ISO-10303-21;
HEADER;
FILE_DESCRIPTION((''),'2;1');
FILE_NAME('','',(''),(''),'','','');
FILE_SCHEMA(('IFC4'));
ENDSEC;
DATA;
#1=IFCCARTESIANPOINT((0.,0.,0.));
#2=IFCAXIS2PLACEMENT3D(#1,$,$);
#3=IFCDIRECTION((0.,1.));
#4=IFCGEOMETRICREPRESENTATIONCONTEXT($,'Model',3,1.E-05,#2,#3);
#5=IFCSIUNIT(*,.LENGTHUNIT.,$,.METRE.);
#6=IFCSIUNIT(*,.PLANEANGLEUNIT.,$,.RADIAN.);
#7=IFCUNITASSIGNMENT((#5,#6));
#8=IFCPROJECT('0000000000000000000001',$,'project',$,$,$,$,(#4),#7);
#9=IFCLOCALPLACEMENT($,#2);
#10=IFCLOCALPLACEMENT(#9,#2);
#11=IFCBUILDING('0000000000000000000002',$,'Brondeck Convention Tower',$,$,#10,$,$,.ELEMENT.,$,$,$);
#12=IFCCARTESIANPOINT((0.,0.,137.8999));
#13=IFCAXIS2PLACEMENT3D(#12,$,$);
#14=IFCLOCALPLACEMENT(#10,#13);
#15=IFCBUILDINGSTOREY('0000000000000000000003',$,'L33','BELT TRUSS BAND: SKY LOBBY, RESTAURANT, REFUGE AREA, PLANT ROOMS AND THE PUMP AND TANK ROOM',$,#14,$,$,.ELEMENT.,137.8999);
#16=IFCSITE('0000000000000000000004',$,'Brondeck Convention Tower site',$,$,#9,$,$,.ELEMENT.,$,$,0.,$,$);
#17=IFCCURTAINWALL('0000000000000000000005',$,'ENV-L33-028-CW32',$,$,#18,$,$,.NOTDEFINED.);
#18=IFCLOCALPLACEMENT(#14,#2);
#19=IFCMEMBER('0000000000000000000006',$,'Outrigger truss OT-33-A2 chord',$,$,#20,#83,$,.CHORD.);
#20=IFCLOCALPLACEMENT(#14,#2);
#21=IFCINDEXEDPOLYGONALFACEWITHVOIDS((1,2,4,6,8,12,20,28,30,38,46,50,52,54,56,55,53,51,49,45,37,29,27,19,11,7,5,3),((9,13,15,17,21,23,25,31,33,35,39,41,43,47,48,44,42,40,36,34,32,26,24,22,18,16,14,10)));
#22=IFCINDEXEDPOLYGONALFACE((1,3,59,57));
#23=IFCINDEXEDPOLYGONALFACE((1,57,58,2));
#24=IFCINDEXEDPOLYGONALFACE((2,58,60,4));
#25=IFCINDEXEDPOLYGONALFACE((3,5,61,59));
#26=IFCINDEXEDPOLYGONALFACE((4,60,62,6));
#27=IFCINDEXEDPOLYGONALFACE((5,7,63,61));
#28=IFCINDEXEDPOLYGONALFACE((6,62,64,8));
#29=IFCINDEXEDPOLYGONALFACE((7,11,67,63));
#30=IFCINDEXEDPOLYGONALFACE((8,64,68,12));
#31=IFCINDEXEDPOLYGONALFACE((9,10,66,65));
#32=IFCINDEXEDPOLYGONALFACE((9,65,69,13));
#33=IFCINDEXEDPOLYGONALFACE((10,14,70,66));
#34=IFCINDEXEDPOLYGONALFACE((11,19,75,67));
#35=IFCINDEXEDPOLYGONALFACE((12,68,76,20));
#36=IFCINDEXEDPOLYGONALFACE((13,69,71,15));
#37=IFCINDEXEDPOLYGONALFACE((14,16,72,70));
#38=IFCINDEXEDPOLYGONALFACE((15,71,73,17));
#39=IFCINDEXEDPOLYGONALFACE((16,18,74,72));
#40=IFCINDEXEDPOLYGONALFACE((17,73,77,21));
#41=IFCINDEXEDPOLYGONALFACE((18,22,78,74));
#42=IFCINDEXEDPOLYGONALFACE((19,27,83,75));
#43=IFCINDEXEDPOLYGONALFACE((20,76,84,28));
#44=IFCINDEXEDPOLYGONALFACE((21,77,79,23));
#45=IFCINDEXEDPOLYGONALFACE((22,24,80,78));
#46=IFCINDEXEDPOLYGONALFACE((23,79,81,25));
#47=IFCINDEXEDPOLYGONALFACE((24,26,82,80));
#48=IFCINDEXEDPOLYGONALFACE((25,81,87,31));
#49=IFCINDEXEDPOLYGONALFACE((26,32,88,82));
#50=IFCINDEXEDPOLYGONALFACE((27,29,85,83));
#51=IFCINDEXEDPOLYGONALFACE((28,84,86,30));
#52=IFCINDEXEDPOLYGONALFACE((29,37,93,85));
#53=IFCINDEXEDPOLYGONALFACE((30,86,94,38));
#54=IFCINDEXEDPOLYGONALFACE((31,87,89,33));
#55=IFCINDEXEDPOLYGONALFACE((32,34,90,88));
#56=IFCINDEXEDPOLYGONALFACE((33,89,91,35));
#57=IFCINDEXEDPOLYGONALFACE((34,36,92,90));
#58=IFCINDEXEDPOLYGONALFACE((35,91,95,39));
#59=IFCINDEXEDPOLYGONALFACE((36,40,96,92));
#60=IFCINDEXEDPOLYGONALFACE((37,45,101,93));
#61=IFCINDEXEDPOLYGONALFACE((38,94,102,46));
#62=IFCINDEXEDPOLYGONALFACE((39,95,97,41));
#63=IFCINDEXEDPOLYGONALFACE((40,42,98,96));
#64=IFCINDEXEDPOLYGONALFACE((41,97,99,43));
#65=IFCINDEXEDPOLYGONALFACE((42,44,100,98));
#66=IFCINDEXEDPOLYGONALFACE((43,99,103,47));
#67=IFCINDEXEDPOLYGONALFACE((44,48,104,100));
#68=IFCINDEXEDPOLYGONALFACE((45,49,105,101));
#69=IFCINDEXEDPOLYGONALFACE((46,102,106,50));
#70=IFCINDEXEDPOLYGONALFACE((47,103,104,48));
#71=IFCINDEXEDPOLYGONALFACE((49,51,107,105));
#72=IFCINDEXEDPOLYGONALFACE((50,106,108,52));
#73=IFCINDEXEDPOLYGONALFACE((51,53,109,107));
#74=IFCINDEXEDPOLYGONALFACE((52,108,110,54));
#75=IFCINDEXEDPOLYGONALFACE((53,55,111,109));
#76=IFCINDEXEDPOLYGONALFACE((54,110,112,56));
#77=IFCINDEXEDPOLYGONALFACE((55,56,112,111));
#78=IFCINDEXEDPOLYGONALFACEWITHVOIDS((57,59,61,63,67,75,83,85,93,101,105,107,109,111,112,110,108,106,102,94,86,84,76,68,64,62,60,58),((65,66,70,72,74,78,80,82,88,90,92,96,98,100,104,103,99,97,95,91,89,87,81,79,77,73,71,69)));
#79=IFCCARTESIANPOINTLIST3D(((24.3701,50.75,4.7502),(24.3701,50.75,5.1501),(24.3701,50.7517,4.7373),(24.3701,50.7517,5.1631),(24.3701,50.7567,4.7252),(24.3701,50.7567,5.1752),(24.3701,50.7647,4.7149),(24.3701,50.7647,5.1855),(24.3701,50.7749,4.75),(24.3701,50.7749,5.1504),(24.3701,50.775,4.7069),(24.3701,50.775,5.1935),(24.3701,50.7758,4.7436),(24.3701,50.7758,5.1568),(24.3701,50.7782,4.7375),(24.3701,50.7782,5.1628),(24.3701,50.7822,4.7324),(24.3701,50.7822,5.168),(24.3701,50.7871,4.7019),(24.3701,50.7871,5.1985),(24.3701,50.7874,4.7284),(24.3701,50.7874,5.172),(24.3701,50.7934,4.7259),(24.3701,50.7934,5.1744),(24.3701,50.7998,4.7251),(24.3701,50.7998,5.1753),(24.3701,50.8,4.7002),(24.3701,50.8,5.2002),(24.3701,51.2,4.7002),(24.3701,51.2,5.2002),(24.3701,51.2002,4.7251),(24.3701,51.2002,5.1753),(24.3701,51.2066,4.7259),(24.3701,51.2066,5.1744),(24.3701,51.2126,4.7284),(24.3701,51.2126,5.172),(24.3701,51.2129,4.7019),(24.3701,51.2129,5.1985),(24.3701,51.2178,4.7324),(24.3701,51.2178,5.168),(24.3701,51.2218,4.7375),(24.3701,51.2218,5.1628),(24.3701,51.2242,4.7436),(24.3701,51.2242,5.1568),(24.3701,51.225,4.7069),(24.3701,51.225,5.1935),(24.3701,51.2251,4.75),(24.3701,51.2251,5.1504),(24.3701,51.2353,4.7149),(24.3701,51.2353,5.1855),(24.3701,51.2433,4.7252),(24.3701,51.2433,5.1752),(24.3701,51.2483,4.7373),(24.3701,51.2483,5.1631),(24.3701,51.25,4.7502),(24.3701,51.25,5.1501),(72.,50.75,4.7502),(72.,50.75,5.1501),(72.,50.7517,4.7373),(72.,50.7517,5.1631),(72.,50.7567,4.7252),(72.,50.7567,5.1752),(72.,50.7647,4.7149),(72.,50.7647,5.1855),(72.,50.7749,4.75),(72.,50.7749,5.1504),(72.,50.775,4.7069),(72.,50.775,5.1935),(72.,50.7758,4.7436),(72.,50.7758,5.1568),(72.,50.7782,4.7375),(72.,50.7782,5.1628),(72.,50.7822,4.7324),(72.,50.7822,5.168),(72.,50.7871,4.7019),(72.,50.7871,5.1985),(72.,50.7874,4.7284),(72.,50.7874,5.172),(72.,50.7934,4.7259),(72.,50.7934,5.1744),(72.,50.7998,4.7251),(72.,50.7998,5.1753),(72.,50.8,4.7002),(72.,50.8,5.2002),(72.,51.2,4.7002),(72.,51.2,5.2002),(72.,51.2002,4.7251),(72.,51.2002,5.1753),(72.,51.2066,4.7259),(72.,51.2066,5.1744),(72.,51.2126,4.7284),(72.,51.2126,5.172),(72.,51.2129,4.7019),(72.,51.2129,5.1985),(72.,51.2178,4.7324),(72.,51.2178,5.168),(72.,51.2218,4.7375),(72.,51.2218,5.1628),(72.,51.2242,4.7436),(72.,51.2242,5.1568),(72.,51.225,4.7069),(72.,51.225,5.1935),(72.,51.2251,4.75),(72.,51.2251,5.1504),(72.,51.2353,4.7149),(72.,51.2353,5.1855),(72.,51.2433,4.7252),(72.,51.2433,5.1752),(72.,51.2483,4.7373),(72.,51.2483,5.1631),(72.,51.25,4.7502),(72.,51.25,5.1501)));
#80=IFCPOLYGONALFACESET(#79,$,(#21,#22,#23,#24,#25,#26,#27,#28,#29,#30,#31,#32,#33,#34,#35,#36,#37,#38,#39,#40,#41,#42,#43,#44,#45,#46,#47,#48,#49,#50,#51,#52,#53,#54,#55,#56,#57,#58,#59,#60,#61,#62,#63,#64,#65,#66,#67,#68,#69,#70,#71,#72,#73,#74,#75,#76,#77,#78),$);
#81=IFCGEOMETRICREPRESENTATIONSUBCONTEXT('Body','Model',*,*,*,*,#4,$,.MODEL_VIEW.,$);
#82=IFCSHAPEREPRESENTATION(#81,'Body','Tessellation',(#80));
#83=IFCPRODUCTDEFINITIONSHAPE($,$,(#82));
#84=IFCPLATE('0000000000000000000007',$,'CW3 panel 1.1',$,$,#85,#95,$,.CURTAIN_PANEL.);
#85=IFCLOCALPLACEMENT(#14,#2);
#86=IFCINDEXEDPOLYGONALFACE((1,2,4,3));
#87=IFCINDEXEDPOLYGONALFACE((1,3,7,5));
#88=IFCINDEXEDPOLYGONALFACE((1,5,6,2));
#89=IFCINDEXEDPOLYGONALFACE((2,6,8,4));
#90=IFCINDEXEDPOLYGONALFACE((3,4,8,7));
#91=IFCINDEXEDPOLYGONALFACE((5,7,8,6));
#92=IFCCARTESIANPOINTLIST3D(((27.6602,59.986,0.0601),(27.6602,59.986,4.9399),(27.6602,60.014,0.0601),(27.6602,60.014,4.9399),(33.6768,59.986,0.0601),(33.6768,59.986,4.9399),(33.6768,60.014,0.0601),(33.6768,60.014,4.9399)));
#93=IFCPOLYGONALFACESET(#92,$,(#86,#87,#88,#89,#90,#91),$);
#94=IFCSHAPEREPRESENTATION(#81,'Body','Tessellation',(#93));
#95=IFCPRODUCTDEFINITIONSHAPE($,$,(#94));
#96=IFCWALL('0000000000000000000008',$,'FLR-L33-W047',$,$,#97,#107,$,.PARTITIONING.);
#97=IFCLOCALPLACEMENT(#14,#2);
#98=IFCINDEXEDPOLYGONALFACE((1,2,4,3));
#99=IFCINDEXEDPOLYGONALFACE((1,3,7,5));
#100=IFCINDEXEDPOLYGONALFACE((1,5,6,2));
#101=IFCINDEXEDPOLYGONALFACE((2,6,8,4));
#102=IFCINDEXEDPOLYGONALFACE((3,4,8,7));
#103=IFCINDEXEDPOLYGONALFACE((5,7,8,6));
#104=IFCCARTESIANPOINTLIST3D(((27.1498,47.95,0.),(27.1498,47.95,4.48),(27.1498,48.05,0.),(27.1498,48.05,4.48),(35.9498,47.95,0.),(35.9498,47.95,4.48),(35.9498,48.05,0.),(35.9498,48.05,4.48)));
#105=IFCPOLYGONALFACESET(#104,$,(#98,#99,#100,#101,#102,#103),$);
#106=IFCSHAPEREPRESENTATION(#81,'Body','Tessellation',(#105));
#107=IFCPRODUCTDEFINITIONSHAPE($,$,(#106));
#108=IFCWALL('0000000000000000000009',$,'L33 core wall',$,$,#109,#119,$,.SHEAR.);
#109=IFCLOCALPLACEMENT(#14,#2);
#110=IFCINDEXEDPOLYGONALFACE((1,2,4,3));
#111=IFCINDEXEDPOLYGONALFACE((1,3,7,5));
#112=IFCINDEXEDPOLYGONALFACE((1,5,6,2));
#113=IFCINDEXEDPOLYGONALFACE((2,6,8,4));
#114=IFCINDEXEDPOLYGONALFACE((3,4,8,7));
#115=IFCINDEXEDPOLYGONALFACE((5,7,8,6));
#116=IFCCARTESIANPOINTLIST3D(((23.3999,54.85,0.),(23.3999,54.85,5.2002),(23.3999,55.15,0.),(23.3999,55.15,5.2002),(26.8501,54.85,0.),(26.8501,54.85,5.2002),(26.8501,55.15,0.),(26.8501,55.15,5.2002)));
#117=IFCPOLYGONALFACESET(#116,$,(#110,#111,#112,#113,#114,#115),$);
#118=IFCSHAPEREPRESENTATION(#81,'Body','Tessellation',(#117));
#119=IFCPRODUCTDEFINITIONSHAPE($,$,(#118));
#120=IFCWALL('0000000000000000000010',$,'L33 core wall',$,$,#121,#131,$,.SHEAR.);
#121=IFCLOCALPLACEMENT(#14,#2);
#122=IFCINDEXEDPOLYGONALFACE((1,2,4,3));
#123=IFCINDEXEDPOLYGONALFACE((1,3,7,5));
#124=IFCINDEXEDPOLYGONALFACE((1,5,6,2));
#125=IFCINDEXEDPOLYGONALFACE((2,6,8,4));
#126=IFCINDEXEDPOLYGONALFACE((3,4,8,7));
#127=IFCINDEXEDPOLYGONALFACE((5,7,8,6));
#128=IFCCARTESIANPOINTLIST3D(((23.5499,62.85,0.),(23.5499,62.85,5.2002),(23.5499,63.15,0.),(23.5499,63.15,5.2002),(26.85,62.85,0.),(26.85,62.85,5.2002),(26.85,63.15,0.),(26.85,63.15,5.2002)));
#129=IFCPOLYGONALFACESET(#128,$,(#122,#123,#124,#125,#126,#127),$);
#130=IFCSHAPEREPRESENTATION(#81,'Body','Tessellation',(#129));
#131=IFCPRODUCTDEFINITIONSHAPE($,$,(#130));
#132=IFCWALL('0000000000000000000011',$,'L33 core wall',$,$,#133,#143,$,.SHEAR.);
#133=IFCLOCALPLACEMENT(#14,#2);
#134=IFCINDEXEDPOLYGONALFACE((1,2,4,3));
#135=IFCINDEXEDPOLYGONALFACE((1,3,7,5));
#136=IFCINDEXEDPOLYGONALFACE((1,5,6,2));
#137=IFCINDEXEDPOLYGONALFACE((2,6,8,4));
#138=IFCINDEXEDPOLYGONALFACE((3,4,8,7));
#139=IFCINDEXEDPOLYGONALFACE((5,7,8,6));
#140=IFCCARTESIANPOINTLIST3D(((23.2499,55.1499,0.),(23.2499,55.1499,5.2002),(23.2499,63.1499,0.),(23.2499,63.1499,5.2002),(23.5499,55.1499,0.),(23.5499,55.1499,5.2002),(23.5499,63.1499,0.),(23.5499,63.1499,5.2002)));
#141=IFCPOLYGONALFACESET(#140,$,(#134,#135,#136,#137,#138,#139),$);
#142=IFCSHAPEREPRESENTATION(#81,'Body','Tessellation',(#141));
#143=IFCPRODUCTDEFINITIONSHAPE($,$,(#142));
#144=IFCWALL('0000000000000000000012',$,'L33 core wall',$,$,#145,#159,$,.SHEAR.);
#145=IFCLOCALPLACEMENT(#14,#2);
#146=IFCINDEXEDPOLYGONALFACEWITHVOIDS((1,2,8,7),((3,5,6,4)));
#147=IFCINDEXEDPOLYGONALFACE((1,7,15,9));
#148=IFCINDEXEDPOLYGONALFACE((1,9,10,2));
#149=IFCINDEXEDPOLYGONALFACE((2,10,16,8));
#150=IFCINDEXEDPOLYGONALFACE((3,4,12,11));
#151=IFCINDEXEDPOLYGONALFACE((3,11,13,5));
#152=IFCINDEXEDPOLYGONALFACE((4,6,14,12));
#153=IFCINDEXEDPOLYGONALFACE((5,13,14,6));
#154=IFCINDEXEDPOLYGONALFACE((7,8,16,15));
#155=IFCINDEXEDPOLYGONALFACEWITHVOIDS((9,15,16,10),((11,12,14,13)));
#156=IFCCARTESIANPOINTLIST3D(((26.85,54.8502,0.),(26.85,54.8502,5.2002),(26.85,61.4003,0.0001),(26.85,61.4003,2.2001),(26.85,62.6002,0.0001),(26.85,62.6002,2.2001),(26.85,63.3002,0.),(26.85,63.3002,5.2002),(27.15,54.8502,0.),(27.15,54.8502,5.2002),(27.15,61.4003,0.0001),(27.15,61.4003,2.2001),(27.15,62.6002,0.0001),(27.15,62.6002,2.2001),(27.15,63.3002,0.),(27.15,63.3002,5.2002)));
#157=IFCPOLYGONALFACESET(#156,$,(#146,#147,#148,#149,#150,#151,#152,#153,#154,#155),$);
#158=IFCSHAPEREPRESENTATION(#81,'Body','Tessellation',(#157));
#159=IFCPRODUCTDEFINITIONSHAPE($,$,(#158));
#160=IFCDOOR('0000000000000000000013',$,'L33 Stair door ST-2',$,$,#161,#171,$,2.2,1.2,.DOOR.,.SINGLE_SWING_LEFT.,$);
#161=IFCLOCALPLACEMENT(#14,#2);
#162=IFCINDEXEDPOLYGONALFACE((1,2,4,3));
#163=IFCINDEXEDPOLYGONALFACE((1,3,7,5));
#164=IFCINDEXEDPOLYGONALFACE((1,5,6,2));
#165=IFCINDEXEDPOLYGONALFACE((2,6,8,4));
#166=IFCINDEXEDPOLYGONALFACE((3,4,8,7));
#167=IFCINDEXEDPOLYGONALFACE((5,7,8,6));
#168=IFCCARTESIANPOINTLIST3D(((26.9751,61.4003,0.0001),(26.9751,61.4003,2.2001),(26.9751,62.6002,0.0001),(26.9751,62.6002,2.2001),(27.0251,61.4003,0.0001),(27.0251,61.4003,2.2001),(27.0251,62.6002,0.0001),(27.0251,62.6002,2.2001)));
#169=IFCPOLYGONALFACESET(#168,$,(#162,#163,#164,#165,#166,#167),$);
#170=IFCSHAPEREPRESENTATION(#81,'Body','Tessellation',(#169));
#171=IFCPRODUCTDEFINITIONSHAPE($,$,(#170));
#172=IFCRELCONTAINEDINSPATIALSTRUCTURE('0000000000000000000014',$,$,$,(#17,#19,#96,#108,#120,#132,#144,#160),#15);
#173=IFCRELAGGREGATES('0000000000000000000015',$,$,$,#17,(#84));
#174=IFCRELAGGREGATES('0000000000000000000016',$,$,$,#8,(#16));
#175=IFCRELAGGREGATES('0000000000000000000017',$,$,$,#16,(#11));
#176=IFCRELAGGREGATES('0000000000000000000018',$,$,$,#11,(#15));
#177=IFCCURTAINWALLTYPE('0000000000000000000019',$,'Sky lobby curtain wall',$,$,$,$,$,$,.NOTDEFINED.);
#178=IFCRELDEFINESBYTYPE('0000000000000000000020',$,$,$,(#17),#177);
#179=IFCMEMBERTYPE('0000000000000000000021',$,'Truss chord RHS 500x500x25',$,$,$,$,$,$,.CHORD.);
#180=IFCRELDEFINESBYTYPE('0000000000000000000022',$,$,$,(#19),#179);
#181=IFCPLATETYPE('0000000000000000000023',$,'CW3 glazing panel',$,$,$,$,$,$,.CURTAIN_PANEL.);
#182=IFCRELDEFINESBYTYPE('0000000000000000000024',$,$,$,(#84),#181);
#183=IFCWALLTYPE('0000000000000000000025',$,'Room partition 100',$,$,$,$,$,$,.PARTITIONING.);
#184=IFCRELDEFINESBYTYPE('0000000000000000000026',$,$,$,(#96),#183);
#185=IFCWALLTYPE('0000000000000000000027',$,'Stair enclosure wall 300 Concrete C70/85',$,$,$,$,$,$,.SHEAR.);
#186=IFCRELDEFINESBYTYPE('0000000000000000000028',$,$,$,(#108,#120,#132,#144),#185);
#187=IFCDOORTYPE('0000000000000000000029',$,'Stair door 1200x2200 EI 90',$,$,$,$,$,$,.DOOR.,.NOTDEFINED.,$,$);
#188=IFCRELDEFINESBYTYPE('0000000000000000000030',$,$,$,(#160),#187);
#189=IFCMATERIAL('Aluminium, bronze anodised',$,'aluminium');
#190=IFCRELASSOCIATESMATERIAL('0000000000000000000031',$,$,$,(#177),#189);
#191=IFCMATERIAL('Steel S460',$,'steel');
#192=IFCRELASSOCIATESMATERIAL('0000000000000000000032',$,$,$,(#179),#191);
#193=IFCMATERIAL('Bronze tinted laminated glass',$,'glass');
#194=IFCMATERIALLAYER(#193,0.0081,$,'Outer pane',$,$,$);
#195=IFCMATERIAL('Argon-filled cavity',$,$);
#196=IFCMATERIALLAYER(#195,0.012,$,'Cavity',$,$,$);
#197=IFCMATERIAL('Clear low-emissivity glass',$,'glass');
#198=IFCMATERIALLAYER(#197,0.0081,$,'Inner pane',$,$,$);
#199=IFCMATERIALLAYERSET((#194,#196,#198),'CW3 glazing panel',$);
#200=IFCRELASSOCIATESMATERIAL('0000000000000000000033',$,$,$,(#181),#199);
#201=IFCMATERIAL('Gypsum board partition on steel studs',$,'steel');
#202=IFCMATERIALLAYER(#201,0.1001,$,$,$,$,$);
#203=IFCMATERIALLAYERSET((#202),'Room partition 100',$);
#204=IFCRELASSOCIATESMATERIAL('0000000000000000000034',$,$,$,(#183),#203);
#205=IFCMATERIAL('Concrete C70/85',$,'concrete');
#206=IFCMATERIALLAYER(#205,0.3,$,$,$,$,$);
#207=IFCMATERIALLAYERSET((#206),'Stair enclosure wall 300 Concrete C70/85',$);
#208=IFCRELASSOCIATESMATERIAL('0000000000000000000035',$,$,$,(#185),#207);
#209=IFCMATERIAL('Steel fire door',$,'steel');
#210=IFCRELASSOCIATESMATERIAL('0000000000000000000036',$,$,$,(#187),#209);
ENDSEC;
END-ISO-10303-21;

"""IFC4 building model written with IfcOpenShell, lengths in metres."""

from ifc_helpers import new_model, si_unit, direction, frame, frame_2d, origin, origin_2d, place, context, subcontext, project, spatial, rectangle, hollow_rectangle, extrude, material, layer, layer_set, material_profile, profile_set, type_object, element, fill, aggregate, save


model = new_model("IFC4")

# Units and contexts
model_context = context("Model", 3, precision=1e-05, world=origin(), true_north=direction((0.0, 1.0)))
body_context = subcontext(model_context, "Body", "Model", "MODEL_VIEW")
ifc_project = project(units=[si_unit("LENGTHUNIT", "METRE"), si_unit("PLANEANGLEUNIT", "RADIAN")], contexts=[model_context])

# Site, building, storey
site_placement = place(None, origin())
site = spatial("IfcSite", under=ifc_project, at=site_placement, Name="Brondeck Convention Tower site", CompositionType="ELEMENT", RefElevation=0.0)
building_placement = place(site_placement, origin())
building = spatial("IfcBuilding", under=site, at=building_placement, Name="Brondeck Convention Tower", CompositionType="ELEMENT")
storey_placement = place(building_placement, frame((0.0, 0.0, 137.8999)))
storey = spatial("IfcBuildingStorey", under=building, at=storey_placement, Name="L33", Description="BELT TRUSS BAND: SKY LOBBY, RESTAURANT, REFUGE AREA, PLANT ROOMS AND THE PUMP AND TANK ROOM", CompositionType="ELEMENT", Elevation=137.8999)

# Shared definitions
ifc_material_1 = material(Name="Concrete C70/85", Category="concrete")

# Curtain wall
ifc_material_2 = material(Name="Aluminium, bronze anodised", Category="aluminium")
curtain_wall_type = type_object("IfcCurtainWallType", Name="Sky lobby curtain wall", PredefinedType="NOTDEFINED", material=ifc_material_2)
curtain_wall_placement = place(storey_placement, origin())
curtain_wall = element("IfcCurtainWall", 1, at=curtain_wall_placement, inside=storey, type_object=curtain_wall_type, Name="ENV-L33-028-CW32", PredefinedType="NOTDEFINED")

# Shared definitions
ifc_material_3 = material(Name="Steel S460", Category="steel")

# Member
ifc_material_profile_1 = material_profile(ifc_material_3, hollow_rectangle(XDim=0.5, YDim=0.5, WallThickness=0.0249, InnerFilletRadius=0.0249, OuterFilletRadius=0.05, at=origin_2d()), Name="RHS 500x500x25")
ifc_profile_set_1 = profile_set([ifc_material_profile_1], Name="Steel S460")
member_type_1 = type_object("IfcMemberType", Name="Truss chord RHS 500x500x25", PredefinedType="CHORD", material=ifc_profile_set_1)
member_1_placement = place(storey_placement, frame((24.3701, 51.0, 4.9502), z_axis=(1.0, 0.0, 0.0), x_axis=(0.0, 1.0, 0.0)))
element("IfcMember", 2, at=member_1_placement, inside=storey, type_object=member_type_1, Name="Outrigger truss OT-33-A2 chord", PredefinedType="CHORD", context=body_context, shape_type="SweptSolid", body=[
    extrude(hollow_rectangle(XDim=0.5, YDim=0.5, WallThickness=0.0249, InnerFilletRadius=0.0249, OuterFilletRadius=0.05, at=origin_2d()), origin(), (0.0, 0.0, 1.0), 47.6299),
])

# Plate
ifc_material_4 = material(Name="Bronze tinted laminated glass", Category="glass")
ifc_layer_1 = layer(ifc_material_4, 0.0081, Name="Outer pane")
ifc_material_5 = material(Name="Argon-filled cavity")
ifc_layer_2 = layer(ifc_material_5, 0.012, Name="Cavity")
ifc_material_6 = material(Name="Clear low-emissivity glass", Category="glass")
ifc_layer_3 = layer(ifc_material_6, 0.0081, Name="Inner pane")
ifc_layer_set_1 = layer_set([ifc_layer_1, ifc_layer_2, ifc_layer_3], Name="CW3 glazing panel")
plate_type = type_object("IfcPlateType", Name="CW3 glazing panel", PredefinedType="CURTAIN_PANEL", material=ifc_layer_set_1)
plate_placement = place(storey_placement, frame((30.6685, 60.0, 0.0601), z_axis=(0.0, 0.0, 1.0), x_axis=(1.0, 0.0, 0.0)))
plate = element("IfcPlate", 3, at=plate_placement, type_object=plate_type, Name="CW3 panel 1.1", PredefinedType="CURTAIN_PANEL", context=body_context, shape_type="SweptSolid", body=[
    extrude(rectangle(XDim=6.0166, YDim=0.0281, at=origin_2d()), origin(), (0.0, 0.0, 1.0), 4.8799),
])
aggregate(curtain_wall, [plate])

# Walls
ifc_material_7 = material(Name="Gypsum board partition on steel studs", Category="steel")
ifc_layer_4 = layer(ifc_material_7, 0.1001)
ifc_layer_set_2 = layer_set([ifc_layer_4], Name="Room partition 100")
wall_type_1 = type_object("IfcWallType", Name="Room partition 100", PredefinedType="PARTITIONING", material=ifc_layer_set_2)
wall_1_placement = place(storey_placement, frame((27.1499, 48.0, 0.0), z_axis=(0.0, 0.0, 1.0), x_axis=(1.0, 0.0, 0.0)))
element("IfcWall", 4, at=wall_1_placement, inside=storey, type_object=wall_type_1, Name="FLR-L33-W047", PredefinedType="PARTITIONING", context=body_context, shape_type="SweptSolid", body=[
    extrude(rectangle(XDim=8.8, YDim=0.1001, at=frame_2d((4.3999, 0.0))), origin(), (0.0, 0.0, 1.0), 4.48),
])
ifc_layer_5 = layer(ifc_material_1, 0.3)
ifc_layer_set_3 = layer_set([ifc_layer_5], Name="Stair enclosure wall 300 Concrete C70/85")
wall_type_2 = type_object("IfcWallType", Name="Stair enclosure wall 300 Concrete C70/85", PredefinedType="SHEAR", material=ifc_layer_set_3)
wall_2_placement = place(storey_placement, frame((23.3999, 55.0, 0.0), z_axis=(0.0, 0.0, 1.0), x_axis=(1.0, 0.0, 0.0)))
element("IfcWall", 5, at=wall_2_placement, inside=storey, type_object=wall_type_2, Name="L33 core wall", PredefinedType="SHEAR", context=body_context, shape_type="SweptSolid", body=[
    extrude(rectangle(XDim=3.4502, YDim=0.3, at=frame_2d((1.7251, 0.0))), origin(), (0.0, 0.0, 1.0), 5.2002),
])
wall_3_placement = place(storey_placement, frame((23.55, 63.0, 0.0), z_axis=(0.0, 0.0, 1.0), x_axis=(1.0, 0.0, 0.0)))
element("IfcWall", 6, at=wall_3_placement, inside=storey, type_object=wall_type_2, Name="L33 core wall", PredefinedType="SHEAR", context=body_context, shape_type="SweptSolid", body=[
    extrude(rectangle(XDim=3.3, YDim=0.3, at=frame_2d((1.6499, 0.0))), origin(), (0.0, 0.0, 1.0), 5.2002),
])
wall_4_placement = place(storey_placement, frame((23.3999, 55.1499, 0.0), z_axis=(0.0, 0.0, 1.0), x_axis=(0.0, 1.0, 0.0)))
element("IfcWall", 7, at=wall_4_placement, inside=storey, type_object=wall_type_2, Name="L33 core wall", PredefinedType="SHEAR", context=body_context, shape_type="SweptSolid", body=[
    extrude(rectangle(XDim=8.0, YDim=0.3, at=frame_2d((4.0, 0.0))), origin(), (0.0, 0.0, 1.0), 5.2002),
])

# Wall, opening, door
wall_5_placement = place(storey_placement, frame((27.0, 54.8501, 0.0), z_axis=(0.0, 0.0, 1.0), x_axis=(0.0, 1.0, 0.0)))
wall_5 = element("IfcWall", 8, at=wall_5_placement, inside=storey, type_object=wall_type_2, Name="L33 core wall", PredefinedType="SHEAR", context=body_context, shape_type="SweptSolid", body=[
    extrude(rectangle(XDim=8.45, YDim=0.3, at=frame_2d((4.2251, 0.0))), origin(), (0.0, 0.0, 1.0), 5.2002),
])
opening_placement = place(wall_5_placement, frame((6.55, 0.0, 0.0)))
opening = element("IfcOpeningElement", 9, at=opening_placement, cuts=wall_5, PredefinedType="OPENING", context=body_context, shape_type="SweptSolid", body=[
    extrude(rectangle(XDim=1.2, YDim=2.2, at=frame_2d((0.6001, 1.1001))), frame((0.0, 0.1599, 0.0), z_axis=(0.0, -1.0, 0.0), x_axis=(1.0, 0.0, 0.0)), (0.0, 0.0, 1.0), 0.3201),
])
ifc_material_8 = material(Name="Steel fire door", Category="steel")
door_type = type_object("IfcDoorType", Name="Stair door 1200x2200 EI 90", OperationType="NOTDEFINED", PredefinedType="DOOR", material=ifc_material_8)
door_placement = place(opening_placement, origin())
door = element("IfcDoor", 10, at=door_placement, inside=storey, type_object=door_type, Name="L33 Stair door ST-2", OperationType="SINGLE_SWING_LEFT", OverallHeight=2.2, OverallWidth=1.2, PredefinedType="DOOR", context=body_context, shape_type="SweptSolid", body=[
    extrude(rectangle(XDim=1.2, YDim=2.2, at=frame_2d((0.6001, 1.1001))), frame((0.0, 0.0249, 0.0), z_axis=(0.0, -1.0, 0.0), x_axis=(1.0, 0.0, 0.0)), (0.0, 0.0, 1.0), 0.05),
])
fill(opening, door)

save(model, "model.ifc")
